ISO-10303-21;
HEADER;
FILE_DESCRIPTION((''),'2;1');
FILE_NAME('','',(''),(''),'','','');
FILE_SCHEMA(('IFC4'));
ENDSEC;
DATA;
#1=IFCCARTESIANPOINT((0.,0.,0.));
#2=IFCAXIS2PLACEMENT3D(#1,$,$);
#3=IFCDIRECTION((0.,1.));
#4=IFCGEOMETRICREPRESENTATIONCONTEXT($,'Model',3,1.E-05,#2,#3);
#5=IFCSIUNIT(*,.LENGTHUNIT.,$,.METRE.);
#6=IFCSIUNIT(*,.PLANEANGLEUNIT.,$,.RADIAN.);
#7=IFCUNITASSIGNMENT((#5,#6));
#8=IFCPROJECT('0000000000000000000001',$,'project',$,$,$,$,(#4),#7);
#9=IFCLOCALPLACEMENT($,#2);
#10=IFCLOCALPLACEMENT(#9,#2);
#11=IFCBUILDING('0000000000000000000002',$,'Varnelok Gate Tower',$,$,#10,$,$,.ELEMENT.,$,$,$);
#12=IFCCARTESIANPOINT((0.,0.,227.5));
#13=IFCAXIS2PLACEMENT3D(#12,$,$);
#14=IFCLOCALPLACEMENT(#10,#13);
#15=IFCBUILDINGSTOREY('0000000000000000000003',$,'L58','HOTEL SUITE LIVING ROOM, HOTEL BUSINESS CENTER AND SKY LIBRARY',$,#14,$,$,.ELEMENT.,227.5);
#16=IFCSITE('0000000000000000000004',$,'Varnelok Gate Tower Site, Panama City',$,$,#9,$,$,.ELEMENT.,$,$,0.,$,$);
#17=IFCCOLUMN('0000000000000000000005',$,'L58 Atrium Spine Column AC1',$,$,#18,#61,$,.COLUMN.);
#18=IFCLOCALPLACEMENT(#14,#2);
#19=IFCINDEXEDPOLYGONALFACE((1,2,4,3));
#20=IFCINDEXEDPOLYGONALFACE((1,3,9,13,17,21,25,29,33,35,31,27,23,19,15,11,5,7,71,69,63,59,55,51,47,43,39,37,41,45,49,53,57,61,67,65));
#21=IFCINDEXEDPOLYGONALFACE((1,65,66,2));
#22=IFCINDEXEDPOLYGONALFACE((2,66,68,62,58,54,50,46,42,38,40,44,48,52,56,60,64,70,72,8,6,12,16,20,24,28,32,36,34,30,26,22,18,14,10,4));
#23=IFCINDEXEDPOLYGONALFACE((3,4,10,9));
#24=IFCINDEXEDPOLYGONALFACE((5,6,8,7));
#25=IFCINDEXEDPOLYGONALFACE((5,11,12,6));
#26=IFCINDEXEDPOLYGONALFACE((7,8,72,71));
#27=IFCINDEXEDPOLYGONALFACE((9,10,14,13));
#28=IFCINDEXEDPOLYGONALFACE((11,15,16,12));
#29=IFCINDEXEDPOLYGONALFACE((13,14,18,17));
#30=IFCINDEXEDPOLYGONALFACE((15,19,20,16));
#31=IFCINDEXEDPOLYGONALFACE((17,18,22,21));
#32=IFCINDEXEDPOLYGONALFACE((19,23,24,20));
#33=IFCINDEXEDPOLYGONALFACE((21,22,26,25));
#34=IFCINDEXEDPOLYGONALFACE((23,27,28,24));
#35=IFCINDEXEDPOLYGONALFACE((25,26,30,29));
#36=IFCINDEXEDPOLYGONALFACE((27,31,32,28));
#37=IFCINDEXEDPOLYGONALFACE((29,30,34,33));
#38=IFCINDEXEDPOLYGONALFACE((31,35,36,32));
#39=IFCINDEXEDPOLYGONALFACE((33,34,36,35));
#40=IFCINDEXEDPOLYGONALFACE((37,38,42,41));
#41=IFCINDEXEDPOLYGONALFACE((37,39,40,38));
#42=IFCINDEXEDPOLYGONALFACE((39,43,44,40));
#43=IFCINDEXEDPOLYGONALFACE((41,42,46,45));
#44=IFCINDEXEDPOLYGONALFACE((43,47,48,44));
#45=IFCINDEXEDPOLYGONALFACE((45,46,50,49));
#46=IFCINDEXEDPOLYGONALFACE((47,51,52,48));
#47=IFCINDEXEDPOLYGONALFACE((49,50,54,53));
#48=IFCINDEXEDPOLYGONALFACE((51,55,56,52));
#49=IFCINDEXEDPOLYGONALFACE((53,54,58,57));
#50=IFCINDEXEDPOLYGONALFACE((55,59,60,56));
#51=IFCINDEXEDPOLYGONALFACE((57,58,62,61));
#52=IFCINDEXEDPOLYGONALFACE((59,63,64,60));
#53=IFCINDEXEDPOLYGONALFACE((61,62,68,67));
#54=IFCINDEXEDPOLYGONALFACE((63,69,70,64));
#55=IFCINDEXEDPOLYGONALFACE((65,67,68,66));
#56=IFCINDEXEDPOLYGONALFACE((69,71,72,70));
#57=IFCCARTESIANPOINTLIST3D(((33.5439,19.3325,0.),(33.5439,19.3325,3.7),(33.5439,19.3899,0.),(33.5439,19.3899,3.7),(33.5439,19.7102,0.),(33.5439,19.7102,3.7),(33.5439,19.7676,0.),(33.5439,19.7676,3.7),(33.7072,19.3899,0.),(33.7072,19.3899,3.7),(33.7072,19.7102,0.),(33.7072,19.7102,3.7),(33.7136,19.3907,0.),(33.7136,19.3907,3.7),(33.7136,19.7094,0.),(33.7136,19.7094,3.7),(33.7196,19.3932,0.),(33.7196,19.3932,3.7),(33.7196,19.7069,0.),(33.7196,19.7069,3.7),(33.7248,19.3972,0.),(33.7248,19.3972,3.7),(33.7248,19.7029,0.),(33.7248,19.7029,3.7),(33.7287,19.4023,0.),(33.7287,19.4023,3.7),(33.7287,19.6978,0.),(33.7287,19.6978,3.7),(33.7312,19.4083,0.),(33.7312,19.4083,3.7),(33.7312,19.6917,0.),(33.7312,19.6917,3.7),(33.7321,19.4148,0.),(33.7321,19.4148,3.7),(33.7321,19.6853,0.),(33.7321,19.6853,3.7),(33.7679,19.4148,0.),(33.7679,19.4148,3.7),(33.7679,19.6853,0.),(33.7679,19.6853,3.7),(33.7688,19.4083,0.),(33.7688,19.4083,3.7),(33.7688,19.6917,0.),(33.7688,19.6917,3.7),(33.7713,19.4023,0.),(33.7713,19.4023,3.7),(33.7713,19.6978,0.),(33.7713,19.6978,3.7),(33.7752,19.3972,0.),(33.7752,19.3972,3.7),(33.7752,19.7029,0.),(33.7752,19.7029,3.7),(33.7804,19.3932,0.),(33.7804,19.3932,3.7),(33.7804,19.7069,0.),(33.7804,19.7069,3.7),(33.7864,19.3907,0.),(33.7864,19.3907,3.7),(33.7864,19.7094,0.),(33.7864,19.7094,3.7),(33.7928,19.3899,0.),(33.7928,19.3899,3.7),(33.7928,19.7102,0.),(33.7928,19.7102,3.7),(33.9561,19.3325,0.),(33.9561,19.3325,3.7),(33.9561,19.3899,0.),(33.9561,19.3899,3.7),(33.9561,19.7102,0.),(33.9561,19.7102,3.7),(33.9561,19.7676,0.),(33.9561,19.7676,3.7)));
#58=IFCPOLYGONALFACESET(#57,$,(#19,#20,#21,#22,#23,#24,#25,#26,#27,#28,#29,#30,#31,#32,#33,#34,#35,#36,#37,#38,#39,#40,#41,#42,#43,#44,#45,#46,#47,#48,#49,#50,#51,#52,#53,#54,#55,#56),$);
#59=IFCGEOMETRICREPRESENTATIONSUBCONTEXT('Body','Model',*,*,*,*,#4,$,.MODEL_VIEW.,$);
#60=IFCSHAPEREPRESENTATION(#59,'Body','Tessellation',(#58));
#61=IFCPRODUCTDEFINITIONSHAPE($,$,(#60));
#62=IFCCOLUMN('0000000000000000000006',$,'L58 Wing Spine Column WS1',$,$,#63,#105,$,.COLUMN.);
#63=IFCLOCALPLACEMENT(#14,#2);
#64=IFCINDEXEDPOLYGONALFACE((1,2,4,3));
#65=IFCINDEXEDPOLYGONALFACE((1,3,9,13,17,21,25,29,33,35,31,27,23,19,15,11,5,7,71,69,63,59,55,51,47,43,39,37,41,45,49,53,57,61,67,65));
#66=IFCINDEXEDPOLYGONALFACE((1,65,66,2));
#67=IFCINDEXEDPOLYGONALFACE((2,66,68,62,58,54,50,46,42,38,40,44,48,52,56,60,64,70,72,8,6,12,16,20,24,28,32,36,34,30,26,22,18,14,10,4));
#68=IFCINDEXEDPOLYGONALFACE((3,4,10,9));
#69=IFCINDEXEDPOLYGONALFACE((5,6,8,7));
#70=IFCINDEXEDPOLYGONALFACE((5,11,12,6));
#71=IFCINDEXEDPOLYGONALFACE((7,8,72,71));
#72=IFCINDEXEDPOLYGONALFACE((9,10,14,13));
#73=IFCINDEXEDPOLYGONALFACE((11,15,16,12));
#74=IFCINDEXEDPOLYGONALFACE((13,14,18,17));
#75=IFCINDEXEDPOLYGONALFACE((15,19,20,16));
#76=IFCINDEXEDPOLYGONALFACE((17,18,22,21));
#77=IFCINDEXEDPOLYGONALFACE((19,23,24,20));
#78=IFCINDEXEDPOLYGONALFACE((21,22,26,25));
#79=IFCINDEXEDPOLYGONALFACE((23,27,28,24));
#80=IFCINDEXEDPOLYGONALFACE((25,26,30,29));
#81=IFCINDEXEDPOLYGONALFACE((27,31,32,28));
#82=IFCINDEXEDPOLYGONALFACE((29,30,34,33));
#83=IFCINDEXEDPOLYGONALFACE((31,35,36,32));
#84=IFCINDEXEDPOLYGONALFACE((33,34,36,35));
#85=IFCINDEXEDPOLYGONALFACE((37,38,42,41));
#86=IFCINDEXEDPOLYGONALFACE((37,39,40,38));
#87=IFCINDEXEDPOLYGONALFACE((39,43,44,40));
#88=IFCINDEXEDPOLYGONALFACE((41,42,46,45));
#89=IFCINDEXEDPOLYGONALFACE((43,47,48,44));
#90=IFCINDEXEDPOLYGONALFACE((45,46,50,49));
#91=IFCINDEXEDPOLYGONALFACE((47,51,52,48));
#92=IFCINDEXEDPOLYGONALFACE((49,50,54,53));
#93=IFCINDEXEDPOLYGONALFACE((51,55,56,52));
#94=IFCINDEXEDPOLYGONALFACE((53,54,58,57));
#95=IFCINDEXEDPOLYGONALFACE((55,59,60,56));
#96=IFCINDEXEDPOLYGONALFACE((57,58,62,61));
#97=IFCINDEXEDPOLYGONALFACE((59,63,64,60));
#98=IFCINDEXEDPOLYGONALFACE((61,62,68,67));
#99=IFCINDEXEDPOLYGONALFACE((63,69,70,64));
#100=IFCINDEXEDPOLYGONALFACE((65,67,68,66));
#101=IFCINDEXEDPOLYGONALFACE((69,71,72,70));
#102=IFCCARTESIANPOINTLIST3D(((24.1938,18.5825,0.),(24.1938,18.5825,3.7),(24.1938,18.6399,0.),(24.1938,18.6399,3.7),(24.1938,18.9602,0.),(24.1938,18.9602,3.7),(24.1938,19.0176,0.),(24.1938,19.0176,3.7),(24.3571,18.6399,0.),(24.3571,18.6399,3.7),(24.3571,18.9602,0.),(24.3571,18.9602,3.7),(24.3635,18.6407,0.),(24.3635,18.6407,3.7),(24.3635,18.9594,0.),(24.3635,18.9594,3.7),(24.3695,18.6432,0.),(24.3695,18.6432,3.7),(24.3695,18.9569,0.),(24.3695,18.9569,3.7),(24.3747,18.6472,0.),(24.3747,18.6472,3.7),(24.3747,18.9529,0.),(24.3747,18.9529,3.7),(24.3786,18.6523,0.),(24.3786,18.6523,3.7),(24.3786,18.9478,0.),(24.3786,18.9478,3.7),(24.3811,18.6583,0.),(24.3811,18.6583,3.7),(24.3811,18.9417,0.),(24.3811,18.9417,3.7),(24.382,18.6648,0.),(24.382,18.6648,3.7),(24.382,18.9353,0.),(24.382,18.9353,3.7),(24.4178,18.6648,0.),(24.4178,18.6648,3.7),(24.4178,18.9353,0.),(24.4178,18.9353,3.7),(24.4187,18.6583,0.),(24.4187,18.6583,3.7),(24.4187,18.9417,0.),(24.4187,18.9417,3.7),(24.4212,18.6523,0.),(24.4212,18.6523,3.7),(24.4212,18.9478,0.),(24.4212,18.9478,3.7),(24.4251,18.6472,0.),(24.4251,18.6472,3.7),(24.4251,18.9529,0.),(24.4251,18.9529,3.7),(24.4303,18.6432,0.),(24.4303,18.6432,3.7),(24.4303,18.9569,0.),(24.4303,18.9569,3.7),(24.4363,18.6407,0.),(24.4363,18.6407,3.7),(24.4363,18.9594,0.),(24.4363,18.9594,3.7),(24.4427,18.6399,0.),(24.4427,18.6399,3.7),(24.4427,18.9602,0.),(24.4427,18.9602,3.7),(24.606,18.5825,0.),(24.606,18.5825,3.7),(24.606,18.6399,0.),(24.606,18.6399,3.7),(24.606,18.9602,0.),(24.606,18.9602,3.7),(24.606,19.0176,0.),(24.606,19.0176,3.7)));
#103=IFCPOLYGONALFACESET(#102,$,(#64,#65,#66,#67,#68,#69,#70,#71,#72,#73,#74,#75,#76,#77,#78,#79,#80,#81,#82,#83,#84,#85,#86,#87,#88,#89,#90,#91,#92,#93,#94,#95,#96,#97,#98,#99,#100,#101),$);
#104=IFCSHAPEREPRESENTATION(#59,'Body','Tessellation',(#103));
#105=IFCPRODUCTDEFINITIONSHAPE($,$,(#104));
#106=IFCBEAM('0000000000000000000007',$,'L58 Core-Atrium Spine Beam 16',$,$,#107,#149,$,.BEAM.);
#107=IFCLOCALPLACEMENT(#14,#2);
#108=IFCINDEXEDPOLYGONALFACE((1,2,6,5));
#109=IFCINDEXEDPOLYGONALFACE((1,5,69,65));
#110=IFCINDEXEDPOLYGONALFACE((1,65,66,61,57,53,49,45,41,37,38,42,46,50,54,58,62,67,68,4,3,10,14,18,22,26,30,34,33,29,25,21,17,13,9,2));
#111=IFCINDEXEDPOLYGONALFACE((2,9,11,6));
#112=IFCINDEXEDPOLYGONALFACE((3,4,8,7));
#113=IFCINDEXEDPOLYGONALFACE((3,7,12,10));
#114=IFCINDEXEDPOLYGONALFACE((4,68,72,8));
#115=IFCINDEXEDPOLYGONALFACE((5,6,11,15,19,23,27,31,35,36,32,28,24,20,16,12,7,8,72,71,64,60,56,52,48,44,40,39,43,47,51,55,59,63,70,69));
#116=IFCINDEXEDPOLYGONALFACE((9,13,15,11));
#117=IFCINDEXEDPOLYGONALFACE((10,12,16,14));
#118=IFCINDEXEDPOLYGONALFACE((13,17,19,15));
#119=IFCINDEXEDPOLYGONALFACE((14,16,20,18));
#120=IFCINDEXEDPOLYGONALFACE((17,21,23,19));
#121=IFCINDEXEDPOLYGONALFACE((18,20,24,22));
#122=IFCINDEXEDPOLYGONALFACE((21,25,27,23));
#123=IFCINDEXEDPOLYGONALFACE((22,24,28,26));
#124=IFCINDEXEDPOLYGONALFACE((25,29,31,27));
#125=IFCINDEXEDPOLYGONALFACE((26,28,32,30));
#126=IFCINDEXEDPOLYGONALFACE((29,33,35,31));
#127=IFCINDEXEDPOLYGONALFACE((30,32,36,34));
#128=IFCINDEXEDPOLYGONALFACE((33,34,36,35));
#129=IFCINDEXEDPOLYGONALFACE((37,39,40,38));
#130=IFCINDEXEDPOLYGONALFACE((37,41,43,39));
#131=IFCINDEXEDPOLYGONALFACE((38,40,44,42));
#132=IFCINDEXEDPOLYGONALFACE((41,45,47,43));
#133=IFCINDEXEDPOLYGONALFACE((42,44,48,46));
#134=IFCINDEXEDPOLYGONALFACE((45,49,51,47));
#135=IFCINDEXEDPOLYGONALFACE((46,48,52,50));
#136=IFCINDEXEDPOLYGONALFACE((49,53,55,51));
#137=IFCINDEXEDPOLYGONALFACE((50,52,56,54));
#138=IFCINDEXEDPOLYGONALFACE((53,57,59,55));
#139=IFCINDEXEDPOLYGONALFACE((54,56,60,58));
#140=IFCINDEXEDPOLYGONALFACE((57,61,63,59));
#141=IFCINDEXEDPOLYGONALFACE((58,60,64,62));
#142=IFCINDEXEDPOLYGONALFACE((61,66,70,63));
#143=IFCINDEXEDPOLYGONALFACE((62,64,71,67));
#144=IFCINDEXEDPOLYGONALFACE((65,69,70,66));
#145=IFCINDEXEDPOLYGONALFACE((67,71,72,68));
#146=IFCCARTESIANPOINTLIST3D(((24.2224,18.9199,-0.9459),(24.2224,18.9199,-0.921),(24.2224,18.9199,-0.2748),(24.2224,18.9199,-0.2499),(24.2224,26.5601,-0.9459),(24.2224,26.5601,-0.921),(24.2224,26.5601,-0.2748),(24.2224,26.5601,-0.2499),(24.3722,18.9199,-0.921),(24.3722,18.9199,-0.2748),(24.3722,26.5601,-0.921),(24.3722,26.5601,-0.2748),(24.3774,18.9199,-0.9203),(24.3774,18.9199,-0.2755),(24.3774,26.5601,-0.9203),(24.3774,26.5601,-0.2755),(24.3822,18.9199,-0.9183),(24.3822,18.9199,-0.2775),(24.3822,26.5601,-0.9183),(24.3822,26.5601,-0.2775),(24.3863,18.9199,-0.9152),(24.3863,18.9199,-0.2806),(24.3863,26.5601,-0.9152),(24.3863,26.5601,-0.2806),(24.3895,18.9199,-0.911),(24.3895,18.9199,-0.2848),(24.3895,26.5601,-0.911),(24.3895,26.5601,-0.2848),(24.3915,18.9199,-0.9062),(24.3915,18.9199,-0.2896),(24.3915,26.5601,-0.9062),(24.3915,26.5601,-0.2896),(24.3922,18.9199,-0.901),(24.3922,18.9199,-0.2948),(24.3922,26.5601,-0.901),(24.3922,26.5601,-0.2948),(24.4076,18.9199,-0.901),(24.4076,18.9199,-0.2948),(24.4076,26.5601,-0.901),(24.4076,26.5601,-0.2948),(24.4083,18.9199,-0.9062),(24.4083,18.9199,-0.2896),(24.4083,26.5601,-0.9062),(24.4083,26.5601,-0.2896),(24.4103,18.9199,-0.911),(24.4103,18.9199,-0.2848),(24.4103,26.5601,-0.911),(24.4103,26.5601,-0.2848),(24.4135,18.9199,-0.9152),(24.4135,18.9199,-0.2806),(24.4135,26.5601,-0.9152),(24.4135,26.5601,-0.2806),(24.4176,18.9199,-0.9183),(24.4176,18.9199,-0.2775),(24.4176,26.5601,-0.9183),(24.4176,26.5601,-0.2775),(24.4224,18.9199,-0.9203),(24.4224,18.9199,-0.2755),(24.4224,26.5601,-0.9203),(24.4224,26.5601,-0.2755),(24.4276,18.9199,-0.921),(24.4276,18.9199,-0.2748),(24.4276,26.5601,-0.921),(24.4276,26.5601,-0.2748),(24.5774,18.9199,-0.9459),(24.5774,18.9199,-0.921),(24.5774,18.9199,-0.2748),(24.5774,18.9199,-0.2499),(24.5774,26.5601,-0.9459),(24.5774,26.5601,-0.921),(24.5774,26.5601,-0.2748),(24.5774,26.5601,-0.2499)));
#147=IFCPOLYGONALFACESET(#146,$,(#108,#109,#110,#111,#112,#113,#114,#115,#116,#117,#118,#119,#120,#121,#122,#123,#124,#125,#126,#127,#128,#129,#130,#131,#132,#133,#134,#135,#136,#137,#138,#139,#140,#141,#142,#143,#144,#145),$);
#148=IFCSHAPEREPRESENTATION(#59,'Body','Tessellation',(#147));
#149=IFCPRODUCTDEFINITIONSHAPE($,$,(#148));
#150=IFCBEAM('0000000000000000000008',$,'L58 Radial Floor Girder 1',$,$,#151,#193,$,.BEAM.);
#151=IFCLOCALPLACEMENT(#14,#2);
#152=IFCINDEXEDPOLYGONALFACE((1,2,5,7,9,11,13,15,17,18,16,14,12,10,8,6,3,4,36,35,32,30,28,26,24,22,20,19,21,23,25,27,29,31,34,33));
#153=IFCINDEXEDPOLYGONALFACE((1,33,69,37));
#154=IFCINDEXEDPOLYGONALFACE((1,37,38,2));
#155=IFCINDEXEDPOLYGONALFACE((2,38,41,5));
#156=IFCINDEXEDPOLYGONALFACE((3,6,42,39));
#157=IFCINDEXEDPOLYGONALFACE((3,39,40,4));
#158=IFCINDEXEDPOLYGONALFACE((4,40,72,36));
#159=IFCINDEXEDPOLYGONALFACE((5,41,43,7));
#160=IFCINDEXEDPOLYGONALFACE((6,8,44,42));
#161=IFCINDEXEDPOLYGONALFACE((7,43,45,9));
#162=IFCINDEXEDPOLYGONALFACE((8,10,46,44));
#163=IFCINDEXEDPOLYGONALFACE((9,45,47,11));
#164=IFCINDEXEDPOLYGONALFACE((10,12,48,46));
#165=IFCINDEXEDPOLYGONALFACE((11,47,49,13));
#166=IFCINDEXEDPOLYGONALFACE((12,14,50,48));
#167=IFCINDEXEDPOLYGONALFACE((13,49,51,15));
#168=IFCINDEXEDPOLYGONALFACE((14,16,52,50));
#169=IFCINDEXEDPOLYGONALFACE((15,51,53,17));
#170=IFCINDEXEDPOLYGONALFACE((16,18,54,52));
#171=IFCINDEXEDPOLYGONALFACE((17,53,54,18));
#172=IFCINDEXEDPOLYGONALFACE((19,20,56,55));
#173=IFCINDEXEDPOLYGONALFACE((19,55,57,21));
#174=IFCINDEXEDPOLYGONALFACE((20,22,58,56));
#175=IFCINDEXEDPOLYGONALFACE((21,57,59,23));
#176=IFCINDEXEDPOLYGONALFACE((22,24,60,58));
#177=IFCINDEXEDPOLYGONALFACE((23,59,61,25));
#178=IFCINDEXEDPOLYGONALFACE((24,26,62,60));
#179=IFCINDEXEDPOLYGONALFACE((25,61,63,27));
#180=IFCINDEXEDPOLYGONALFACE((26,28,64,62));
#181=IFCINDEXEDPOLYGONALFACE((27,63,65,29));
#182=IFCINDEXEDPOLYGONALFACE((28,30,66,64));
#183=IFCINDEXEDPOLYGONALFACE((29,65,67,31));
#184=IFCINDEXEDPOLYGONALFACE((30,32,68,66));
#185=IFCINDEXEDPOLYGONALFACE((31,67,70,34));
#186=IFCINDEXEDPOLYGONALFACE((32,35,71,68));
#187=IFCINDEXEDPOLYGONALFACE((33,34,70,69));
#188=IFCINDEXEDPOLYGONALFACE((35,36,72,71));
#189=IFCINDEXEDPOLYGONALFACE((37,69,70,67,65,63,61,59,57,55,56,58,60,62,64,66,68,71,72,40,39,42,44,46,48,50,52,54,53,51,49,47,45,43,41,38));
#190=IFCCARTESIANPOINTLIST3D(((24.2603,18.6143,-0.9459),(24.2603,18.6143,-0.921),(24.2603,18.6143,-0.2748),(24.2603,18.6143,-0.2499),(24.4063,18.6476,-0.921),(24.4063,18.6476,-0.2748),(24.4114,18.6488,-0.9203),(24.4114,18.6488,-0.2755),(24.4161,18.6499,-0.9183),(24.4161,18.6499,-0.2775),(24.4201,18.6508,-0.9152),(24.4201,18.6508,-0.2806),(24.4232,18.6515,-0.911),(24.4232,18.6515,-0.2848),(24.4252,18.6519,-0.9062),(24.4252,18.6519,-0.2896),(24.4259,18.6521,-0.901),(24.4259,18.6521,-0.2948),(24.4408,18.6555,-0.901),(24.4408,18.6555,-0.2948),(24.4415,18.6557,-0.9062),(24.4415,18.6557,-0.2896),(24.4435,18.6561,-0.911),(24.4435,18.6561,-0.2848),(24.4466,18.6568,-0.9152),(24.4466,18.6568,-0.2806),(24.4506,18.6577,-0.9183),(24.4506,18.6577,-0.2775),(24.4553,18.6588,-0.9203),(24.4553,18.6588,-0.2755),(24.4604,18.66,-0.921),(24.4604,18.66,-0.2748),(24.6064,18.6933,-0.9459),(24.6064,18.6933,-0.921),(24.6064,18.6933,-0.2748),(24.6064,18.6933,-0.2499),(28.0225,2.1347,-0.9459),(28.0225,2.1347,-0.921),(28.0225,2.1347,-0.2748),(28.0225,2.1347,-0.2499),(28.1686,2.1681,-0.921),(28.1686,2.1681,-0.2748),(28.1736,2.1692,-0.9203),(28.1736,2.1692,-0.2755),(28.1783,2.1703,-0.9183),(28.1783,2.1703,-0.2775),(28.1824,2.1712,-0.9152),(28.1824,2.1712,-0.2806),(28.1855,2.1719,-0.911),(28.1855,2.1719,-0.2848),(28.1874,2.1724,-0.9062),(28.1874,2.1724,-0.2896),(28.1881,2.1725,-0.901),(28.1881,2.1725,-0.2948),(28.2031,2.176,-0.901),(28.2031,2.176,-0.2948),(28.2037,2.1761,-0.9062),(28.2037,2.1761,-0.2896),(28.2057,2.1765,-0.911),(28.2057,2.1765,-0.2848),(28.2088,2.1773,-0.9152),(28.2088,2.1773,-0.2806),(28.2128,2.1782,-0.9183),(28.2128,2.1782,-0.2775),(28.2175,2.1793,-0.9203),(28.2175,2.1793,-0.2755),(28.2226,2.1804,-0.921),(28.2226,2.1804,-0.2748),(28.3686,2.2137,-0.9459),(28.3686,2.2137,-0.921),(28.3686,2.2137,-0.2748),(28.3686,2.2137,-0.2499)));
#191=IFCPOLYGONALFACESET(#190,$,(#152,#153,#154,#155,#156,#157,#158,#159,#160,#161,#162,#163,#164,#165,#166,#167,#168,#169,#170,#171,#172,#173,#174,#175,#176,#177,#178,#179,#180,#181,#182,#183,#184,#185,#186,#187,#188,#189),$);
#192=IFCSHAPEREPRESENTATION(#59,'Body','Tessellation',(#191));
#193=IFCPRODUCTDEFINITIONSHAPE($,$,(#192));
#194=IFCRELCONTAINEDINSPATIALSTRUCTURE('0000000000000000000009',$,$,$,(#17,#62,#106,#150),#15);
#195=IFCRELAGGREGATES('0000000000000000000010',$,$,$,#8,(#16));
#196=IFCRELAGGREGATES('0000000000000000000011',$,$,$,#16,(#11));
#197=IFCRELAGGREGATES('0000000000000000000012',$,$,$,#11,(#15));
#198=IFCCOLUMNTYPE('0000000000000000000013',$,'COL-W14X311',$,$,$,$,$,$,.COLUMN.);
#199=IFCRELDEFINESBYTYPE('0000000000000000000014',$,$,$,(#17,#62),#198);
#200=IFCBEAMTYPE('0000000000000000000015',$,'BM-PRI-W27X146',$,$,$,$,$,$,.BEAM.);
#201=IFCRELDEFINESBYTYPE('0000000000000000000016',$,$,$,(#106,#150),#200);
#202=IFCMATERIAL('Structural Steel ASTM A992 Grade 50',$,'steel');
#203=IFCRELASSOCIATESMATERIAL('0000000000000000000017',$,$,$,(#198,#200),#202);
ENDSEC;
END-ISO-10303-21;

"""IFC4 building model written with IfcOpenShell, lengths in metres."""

from ifc_helpers import new_model, si_unit, direction, frame, origin, origin_2d, place, context, subcontext, project, spatial, i_section, extrude, material, material_profile, profile_set, type_object, element, save


model = new_model("IFC4")

# Units and contexts
model_context = context("Model", 3, precision=1e-05, world=origin(), true_north=direction((0.0, 1.0)))
body_context = subcontext(model_context, "Body", "Model", "MODEL_VIEW")
ifc_project = project(units=[si_unit("LENGTHUNIT", "METRE"), si_unit("PLANEANGLEUNIT", "RADIAN")], contexts=[model_context])

# Site, building, storey
site_placement = place(None, origin())
site = spatial("IfcSite", under=ifc_project, at=site_placement, Name="Varnelok Gate Tower Site, Panama City", CompositionType="ELEMENT", RefElevation=0.0)
building_placement = place(site_placement, origin())
building = spatial("IfcBuilding", under=site, at=building_placement, Name="Varnelok Gate Tower", CompositionType="ELEMENT")
storey_placement = place(building_placement, frame((0.0, 0.0, 227.5)))
storey = spatial("IfcBuildingStorey", under=building, at=storey_placement, Name="L58", Description="HOTEL SUITE LIVING ROOM, HOTEL BUSINESS CENTER AND SKY LIBRARY", CompositionType="ELEMENT", Elevation=227.5)

# Columns
ifc_material_1 = material(Name="Structural Steel ASTM A992 Grade 50", Category="steel")
ifc_material_profile_1 = material_profile(ifc_material_1, i_section(OverallWidth=0.4121, OverallDepth=0.4351, WebThickness=0.0359, FlangeThickness=0.0574, FilletRadius=0.0249, at=origin_2d()), Name="W14X311")
ifc_profile_set_1 = profile_set([ifc_material_profile_1], Name="Structural Steel ASTM A992 Grade 50")
column_type = type_object("IfcColumnType", Name="COL-W14X311", PredefinedType="COLUMN", material=ifc_profile_set_1)
for number, where, z_axis, x_axis, name in (
    (1, (33.75, 19.55, 0.0), (0.0, 0.0, 1.0), (1.0, 0.0, 0.0), "L58 Atrium Spine Column AC1"),
    (2, (24.3999, 18.8, 0.0), (0.0, 0.0, 1.0), (1.0, 0.0, 0.0), "L58 Wing Spine Column WS1"),
):
    element("IfcColumn", number, at=place(storey_placement, frame(where, z_axis=z_axis, x_axis=x_axis)), inside=storey, type_object=column_type, Name=name, PredefinedType="COLUMN", context=body_context, shape_type="SweptSolid", body=[
        extrude(i_section(OverallWidth=0.4121, OverallDepth=0.4351, WebThickness=0.0359, FlangeThickness=0.0574, FilletRadius=0.0249, at=origin_2d()), origin(), (0.0, 0.0, 1.0), 3.7),
    ])

# Beams
ifc_material_profile_2 = material_profile(ifc_material_1, i_section(OverallWidth=0.355, OverallDepth=0.696, WebThickness=0.0154, FlangeThickness=0.0249, FilletRadius=0.02, at=origin_2d()), Name="W27X146")
ifc_profile_set_2 = profile_set([ifc_material_profile_2], Name="Structural Steel ASTM A992 Grade 50")
beam_type_1 = type_object("IfcBeamType", Name="BM-PRI-W27X146", PredefinedType="BEAM", material=ifc_profile_set_2)
beam_1_placement = place(storey_placement, frame((24.3999, 18.9199, -0.5979), z_axis=(0.0, 1.0, 0.0), x_axis=(-1.0, 0.0, 0.0)))
element("IfcBeam", 3, at=beam_1_placement, inside=storey, type_object=beam_type_1, Name="L58 Core-Atrium Spine Beam 16", PredefinedType="BEAM", context=body_context, shape_type="SweptSolid", body=[
    extrude(i_section(OverallWidth=0.355, OverallDepth=0.696, WebThickness=0.0154, FlangeThickness=0.0249, FilletRadius=0.02, at=origin_2d()), origin(), (0.0, 0.0, 1.0), 7.6401),
])
beam_2_placement = place(storey_placement, frame((24.4333, 18.6538, -0.5979), z_axis=(0.22257, -0.974917, 0.0), x_axis=(0.974917, 0.22257, 0.0)))
element("IfcBeam", 4, at=beam_2_placement, inside=storey, type_object=beam_type_1, Name="L58 Radial Floor Girder 1", PredefinedType="BEAM", context=body_context, shape_type="SweptSolid", body=[
    extrude(i_section(OverallWidth=0.355, OverallDepth=0.696, WebThickness=0.0154, FlangeThickness=0.0249, FilletRadius=0.02, at=origin_2d()), origin(), (0.0, 0.0, 1.0), 16.9036),
])

save(model, "model.ifc")
